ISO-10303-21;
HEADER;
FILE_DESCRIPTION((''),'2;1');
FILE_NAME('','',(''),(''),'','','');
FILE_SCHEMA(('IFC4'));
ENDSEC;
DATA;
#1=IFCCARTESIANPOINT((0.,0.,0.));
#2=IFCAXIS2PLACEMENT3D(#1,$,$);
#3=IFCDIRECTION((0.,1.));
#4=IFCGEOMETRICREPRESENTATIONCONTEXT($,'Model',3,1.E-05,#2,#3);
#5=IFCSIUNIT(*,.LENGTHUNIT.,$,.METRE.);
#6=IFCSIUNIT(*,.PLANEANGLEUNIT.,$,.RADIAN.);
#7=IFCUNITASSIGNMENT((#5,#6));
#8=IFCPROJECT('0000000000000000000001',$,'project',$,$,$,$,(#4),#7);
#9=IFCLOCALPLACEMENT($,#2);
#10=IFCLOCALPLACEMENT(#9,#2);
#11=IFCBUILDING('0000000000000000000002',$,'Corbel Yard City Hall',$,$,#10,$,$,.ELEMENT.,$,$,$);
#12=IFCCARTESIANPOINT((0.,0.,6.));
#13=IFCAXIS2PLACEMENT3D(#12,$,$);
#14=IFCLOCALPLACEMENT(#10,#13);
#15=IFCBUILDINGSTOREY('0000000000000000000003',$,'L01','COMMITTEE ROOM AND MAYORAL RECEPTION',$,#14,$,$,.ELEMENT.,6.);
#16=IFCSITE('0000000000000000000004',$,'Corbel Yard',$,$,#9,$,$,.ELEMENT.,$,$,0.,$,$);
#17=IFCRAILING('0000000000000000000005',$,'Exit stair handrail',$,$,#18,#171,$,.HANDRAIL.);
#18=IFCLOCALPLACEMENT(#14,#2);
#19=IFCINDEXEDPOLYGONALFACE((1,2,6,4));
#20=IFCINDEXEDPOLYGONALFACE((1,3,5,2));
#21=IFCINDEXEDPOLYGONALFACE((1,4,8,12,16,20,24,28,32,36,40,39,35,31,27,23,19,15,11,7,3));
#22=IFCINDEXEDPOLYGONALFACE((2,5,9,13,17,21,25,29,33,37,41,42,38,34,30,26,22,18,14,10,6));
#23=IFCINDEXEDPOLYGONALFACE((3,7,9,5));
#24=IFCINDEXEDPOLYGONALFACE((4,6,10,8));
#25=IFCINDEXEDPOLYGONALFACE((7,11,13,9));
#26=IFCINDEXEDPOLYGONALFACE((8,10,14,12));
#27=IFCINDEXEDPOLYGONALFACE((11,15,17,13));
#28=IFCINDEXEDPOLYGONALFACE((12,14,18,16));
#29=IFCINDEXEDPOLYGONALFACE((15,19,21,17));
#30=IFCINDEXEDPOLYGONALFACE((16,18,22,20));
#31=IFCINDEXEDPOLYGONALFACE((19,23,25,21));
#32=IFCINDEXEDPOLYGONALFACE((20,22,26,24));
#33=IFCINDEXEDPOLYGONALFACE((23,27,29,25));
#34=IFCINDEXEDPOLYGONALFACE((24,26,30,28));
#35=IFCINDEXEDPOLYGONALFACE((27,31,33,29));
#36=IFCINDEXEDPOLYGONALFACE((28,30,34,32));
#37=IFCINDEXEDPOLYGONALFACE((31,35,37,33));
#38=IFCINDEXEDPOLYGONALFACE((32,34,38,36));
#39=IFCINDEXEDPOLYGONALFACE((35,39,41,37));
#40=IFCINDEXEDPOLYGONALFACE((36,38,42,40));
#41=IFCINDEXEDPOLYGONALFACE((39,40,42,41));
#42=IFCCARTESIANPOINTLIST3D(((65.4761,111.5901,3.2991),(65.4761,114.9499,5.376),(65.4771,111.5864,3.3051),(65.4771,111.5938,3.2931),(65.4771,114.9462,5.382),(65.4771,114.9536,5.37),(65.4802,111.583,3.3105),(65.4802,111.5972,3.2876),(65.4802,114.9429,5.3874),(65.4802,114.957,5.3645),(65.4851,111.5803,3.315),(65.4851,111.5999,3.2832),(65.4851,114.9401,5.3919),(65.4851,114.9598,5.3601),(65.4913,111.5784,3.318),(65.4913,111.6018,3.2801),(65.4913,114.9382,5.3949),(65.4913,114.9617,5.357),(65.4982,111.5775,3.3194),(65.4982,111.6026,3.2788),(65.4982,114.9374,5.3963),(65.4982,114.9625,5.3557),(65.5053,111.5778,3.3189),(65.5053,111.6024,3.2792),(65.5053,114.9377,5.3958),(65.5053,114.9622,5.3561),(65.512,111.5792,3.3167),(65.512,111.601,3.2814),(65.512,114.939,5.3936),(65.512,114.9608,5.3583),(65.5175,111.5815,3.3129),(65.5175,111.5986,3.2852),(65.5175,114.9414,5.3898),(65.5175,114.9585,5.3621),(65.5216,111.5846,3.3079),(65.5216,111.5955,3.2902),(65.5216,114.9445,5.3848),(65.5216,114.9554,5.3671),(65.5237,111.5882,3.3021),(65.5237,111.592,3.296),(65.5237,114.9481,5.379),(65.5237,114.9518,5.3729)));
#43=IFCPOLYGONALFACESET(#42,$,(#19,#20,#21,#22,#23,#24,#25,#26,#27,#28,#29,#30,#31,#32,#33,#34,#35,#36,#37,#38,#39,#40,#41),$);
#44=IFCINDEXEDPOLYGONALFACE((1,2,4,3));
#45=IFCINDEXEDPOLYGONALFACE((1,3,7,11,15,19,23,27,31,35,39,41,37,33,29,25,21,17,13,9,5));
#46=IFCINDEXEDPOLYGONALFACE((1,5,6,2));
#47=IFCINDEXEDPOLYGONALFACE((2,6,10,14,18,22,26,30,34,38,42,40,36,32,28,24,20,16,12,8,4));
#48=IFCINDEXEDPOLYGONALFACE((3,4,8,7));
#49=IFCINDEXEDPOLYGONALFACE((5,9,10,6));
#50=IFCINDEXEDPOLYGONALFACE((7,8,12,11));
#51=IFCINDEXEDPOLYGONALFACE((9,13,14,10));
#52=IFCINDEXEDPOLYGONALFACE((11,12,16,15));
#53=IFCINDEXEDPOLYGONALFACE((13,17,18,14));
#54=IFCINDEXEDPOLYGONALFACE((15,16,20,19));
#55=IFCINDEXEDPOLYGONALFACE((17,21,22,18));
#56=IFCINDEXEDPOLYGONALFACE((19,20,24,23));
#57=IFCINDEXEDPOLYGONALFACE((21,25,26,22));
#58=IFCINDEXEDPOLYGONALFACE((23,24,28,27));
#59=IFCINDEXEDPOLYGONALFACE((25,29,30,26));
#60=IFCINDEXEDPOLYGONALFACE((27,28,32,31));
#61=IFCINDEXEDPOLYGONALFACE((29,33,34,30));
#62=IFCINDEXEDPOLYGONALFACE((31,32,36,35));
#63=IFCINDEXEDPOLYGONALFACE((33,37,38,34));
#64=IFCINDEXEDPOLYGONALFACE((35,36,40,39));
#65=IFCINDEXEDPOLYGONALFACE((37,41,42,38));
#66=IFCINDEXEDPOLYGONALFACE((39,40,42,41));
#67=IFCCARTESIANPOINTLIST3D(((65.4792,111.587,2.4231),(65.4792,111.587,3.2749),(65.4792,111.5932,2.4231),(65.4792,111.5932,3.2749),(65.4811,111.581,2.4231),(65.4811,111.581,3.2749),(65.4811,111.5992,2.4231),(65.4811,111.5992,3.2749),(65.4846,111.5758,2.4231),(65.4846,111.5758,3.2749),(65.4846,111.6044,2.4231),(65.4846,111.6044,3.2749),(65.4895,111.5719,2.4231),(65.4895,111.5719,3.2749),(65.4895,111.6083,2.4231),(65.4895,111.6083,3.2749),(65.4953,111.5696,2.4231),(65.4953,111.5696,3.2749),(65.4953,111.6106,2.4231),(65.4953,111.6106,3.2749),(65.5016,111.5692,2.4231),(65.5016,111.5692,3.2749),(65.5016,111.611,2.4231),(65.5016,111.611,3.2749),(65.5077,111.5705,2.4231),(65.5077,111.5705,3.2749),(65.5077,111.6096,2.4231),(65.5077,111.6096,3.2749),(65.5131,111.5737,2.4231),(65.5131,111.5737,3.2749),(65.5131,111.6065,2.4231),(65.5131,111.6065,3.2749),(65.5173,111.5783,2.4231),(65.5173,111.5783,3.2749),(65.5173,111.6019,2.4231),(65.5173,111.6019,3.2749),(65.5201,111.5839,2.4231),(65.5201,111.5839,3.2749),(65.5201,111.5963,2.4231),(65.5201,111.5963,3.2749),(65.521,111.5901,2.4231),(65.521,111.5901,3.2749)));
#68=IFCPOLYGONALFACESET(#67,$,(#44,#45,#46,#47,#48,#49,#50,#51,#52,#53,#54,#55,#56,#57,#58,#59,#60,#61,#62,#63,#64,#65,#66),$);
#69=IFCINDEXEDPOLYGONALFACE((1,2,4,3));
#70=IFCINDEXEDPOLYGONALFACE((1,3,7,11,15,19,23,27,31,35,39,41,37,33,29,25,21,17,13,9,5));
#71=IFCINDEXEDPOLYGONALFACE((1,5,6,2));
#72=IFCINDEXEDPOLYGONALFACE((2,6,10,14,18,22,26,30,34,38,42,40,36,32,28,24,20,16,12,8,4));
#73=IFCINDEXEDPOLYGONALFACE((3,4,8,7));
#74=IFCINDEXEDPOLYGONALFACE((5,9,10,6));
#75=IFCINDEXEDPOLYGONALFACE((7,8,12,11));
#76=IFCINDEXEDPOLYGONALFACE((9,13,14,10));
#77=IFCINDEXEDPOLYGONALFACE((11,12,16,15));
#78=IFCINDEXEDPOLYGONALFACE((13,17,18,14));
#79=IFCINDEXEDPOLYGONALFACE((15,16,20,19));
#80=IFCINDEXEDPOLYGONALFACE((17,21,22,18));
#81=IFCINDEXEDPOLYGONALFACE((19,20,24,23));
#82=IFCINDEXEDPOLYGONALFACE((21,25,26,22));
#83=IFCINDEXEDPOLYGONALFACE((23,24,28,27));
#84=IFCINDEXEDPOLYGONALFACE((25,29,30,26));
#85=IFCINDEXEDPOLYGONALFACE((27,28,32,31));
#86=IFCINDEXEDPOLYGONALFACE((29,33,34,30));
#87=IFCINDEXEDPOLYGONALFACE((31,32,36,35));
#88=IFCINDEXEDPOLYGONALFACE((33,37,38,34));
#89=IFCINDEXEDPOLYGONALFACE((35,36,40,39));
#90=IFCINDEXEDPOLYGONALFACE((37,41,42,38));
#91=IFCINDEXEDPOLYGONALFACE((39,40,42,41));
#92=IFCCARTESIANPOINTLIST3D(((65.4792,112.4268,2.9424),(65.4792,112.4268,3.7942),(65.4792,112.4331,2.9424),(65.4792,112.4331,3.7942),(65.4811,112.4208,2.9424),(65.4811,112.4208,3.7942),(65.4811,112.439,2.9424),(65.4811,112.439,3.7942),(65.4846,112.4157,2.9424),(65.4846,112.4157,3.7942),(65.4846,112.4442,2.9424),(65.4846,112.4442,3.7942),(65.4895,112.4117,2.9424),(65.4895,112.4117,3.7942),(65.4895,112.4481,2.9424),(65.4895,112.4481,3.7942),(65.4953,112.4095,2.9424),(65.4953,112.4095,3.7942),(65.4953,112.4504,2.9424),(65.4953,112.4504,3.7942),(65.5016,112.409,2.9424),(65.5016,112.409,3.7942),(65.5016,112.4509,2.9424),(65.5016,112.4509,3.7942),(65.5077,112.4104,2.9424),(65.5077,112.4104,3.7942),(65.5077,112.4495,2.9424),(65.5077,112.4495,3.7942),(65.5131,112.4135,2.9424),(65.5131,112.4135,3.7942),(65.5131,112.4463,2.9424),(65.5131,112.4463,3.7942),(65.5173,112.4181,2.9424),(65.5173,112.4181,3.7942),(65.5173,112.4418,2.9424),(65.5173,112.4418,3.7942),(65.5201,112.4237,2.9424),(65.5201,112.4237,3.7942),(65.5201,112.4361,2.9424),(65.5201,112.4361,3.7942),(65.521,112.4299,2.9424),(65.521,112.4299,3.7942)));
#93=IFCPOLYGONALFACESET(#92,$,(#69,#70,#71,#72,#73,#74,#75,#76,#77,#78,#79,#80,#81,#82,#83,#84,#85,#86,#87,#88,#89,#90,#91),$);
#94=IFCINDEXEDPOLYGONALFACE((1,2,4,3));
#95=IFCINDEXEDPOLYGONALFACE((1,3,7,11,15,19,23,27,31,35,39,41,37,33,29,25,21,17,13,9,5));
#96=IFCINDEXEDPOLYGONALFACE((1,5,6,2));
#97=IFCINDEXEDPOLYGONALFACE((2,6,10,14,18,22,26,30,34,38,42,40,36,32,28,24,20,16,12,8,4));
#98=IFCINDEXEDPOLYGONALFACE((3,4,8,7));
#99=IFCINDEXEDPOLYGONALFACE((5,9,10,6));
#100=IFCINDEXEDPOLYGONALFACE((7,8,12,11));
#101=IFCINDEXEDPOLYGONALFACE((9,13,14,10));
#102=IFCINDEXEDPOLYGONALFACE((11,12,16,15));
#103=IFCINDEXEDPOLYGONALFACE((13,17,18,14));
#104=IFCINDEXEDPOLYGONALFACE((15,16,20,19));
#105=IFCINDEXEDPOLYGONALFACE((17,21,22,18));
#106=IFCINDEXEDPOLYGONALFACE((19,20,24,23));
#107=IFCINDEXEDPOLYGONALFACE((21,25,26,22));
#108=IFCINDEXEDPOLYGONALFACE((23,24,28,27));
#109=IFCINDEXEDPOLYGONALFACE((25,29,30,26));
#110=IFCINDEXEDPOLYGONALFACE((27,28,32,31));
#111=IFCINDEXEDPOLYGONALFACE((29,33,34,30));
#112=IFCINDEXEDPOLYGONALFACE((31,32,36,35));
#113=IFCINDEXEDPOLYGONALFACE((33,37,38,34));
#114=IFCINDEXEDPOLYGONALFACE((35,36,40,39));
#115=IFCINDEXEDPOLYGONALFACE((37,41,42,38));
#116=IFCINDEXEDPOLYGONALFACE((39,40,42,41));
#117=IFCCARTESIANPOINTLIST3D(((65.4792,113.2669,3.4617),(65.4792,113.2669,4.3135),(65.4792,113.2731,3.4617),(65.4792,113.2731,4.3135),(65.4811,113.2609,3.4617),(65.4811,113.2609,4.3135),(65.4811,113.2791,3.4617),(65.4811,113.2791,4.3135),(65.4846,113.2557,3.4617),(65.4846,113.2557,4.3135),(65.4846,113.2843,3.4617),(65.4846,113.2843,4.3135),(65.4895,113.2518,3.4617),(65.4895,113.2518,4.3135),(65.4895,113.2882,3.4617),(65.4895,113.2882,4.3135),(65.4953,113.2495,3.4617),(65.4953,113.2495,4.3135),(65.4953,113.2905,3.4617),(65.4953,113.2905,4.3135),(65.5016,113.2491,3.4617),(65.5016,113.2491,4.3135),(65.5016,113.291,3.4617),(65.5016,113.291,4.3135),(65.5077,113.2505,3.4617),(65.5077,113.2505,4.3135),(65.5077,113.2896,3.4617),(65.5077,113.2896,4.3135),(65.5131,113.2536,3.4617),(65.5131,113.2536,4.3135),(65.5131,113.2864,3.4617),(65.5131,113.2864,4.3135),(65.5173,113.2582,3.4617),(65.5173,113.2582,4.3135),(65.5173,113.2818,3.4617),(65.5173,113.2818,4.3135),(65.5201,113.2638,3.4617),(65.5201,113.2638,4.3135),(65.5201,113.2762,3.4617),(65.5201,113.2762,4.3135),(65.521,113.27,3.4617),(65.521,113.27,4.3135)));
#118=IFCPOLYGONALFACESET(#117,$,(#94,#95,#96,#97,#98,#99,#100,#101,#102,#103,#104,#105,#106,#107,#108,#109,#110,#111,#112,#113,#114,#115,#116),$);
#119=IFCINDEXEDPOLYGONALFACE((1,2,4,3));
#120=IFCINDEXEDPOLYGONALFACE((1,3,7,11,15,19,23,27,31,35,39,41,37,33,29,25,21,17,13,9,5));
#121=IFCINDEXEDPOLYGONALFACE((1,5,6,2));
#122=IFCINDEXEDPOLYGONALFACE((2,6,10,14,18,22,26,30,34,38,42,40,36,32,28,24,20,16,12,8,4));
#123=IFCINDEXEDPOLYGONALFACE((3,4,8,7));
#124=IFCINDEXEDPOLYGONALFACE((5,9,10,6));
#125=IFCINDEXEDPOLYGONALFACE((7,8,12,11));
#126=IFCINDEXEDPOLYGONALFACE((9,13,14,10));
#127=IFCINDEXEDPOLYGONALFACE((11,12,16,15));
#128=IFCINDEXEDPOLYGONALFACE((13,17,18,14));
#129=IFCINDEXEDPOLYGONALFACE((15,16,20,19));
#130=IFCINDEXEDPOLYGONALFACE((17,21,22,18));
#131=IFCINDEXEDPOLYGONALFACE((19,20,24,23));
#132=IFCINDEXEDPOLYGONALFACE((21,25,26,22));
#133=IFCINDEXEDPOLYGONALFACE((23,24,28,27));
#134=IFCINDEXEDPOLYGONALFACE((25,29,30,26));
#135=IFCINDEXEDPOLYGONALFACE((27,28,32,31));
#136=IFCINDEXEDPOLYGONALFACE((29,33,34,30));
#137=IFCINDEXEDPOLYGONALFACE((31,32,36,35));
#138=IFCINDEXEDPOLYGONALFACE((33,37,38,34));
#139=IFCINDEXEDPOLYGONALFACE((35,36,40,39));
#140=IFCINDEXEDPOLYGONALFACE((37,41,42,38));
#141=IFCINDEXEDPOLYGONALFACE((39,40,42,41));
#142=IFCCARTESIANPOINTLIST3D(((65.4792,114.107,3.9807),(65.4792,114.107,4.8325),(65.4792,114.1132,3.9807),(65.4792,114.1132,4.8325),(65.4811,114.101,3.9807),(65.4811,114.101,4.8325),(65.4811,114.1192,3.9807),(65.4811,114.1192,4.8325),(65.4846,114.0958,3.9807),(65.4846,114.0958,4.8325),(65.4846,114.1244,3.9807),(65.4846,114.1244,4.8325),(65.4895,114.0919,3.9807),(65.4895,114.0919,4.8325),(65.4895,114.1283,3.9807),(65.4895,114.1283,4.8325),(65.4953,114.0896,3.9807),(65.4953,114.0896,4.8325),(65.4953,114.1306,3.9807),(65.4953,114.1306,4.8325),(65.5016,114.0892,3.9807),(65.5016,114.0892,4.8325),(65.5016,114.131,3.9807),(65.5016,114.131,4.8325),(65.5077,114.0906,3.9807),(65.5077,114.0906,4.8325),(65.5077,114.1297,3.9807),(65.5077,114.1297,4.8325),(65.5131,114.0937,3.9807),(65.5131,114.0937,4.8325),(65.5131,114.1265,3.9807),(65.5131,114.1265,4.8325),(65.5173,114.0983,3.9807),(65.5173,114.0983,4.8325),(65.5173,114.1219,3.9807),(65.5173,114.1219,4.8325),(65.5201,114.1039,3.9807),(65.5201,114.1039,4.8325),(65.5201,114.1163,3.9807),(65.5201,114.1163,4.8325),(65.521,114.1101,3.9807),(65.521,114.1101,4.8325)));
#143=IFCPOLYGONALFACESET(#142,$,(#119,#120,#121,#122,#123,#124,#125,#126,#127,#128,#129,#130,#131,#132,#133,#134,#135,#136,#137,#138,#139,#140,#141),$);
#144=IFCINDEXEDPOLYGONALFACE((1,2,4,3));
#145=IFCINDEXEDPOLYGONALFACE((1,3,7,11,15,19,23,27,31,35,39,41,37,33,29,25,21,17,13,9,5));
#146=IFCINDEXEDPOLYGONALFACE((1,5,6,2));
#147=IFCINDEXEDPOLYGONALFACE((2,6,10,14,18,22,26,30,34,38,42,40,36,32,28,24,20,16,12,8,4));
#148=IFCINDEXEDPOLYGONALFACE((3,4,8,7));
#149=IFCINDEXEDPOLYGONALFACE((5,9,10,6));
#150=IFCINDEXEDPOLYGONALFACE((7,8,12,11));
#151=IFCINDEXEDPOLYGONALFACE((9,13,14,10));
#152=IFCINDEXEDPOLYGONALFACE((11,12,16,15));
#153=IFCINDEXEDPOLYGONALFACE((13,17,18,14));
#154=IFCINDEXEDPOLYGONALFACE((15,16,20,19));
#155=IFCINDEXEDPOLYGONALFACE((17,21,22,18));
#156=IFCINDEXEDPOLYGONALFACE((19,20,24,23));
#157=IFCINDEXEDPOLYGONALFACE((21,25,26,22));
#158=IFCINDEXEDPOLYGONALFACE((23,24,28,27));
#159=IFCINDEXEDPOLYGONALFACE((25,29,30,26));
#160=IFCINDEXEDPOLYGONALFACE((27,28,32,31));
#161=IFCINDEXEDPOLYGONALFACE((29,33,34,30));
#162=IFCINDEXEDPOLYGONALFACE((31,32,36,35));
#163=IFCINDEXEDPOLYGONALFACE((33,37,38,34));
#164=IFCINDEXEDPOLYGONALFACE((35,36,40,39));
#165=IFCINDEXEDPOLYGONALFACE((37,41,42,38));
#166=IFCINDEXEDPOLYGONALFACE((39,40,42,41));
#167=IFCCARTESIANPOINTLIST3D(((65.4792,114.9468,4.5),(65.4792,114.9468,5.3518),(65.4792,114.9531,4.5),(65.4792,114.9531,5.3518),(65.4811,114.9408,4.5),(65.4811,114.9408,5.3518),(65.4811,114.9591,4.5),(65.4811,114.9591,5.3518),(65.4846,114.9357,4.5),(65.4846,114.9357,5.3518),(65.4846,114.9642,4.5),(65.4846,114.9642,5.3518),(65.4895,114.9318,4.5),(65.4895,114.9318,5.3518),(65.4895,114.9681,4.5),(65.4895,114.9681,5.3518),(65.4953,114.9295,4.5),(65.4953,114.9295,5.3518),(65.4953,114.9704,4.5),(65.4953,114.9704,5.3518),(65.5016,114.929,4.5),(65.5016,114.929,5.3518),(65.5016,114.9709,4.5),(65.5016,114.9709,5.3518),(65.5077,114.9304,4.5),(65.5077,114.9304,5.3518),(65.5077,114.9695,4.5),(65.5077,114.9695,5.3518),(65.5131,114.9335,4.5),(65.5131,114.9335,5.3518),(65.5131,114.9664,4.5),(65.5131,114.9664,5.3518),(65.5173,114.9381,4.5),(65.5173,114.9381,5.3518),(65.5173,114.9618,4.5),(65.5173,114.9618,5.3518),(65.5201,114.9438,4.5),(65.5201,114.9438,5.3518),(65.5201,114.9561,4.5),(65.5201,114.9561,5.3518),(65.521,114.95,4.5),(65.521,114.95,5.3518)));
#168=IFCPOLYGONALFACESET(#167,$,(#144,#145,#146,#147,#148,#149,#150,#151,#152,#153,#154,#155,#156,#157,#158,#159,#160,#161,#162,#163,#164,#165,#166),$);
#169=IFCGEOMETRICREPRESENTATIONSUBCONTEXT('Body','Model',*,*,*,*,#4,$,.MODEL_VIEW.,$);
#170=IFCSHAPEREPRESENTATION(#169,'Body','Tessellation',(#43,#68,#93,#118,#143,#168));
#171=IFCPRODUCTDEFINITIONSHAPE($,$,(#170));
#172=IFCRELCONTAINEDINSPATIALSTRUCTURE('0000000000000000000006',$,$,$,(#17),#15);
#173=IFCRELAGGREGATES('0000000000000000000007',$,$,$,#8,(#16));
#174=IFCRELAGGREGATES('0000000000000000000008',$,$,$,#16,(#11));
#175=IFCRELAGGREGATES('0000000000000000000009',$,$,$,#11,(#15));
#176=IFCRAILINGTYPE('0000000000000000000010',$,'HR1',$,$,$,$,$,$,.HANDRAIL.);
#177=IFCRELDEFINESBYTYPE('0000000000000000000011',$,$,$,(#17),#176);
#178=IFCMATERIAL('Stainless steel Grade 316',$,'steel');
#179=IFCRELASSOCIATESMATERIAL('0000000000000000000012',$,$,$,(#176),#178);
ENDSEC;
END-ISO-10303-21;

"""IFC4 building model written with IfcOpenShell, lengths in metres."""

from ifc_helpers import new_model, si_unit, direction, frame, origin, origin_2d, place, context, subcontext, project, spatial, circle, extrude, material, type_object, element, save


model = new_model("IFC4")

# Units and contexts
model_context = context("Model", 3, precision=1e-05, world=origin(), true_north=direction((0.0, 1.0)))
body_context = subcontext(model_context, "Body", "Model", "MODEL_VIEW")
ifc_project = project(units=[si_unit("LENGTHUNIT", "METRE"), si_unit("PLANEANGLEUNIT", "RADIAN")], contexts=[model_context])

# Site, building, storey
site_placement = place(None, origin())
site = spatial("IfcSite", under=ifc_project, at=site_placement, Name="Corbel Yard", CompositionType="ELEMENT", RefElevation=0.0)
building_placement = place(site_placement, origin())
building = spatial("IfcBuilding", under=site, at=building_placement, Name="Corbel Yard City Hall", CompositionType="ELEMENT")
storey_placement = place(building_placement, frame((0.0, 0.0, 6.0)))
storey = spatial("IfcBuildingStorey", under=building, at=storey_placement, Name="L01", Description="COMMITTEE ROOM AND MAYORAL RECEPTION", CompositionType="ELEMENT", Elevation=6.0)

# Shared definitions
ifc_material_1 = material(Name="Stainless steel Grade 316", Category="steel")

# Railing
railing_type = type_object("IfcRailingType", Name="HR1", PredefinedType="HANDRAIL", material=ifc_material_1)
for number, where, name in (
    (1, (65.5, 111.5901, 2.4231), "Exit stair handrail"),
):
    element("IfcRailing", number, at=place(storey_placement, frame(where)), inside=storey, type_object=railing_type, Name=name, PredefinedType="HANDRAIL", context=body_context, shape_type="SweptSolid", body=[
        extrude(circle(Radius=0.0239, at=origin_2d()), frame((0.0, 0.0, 0.876), z_axis=(0.0, 0.850606, 0.525803), x_axis=(-1.0, 0.0, 0.0)), (0.0, 0.0, 1.0), 3.95),
        extrude(circle(Radius=0.021, at=origin_2d()), origin(), (0.0, 0.0, 1.0), 0.8518),
        extrude(circle(Radius=0.021, at=origin_2d()), frame((0.0, 0.8398, 0.5193)), (0.0, 0.0, 1.0), 0.8518),
        extrude(circle(Radius=0.021, at=origin_2d()), frame((0.0, 1.6799, 1.0386)), (0.0, 0.0, 1.0), 0.8518),
        extrude(circle(Radius=0.021, at=origin_2d()), frame((0.0, 2.52, 1.5576)), (0.0, 0.0, 1.0), 0.8518),
        extrude(circle(Radius=0.021, at=origin_2d()), frame((0.0, 3.3599, 2.0769)), (0.0, 0.0, 1.0), 0.8518),
    ])

save(model, "model.ifc")
